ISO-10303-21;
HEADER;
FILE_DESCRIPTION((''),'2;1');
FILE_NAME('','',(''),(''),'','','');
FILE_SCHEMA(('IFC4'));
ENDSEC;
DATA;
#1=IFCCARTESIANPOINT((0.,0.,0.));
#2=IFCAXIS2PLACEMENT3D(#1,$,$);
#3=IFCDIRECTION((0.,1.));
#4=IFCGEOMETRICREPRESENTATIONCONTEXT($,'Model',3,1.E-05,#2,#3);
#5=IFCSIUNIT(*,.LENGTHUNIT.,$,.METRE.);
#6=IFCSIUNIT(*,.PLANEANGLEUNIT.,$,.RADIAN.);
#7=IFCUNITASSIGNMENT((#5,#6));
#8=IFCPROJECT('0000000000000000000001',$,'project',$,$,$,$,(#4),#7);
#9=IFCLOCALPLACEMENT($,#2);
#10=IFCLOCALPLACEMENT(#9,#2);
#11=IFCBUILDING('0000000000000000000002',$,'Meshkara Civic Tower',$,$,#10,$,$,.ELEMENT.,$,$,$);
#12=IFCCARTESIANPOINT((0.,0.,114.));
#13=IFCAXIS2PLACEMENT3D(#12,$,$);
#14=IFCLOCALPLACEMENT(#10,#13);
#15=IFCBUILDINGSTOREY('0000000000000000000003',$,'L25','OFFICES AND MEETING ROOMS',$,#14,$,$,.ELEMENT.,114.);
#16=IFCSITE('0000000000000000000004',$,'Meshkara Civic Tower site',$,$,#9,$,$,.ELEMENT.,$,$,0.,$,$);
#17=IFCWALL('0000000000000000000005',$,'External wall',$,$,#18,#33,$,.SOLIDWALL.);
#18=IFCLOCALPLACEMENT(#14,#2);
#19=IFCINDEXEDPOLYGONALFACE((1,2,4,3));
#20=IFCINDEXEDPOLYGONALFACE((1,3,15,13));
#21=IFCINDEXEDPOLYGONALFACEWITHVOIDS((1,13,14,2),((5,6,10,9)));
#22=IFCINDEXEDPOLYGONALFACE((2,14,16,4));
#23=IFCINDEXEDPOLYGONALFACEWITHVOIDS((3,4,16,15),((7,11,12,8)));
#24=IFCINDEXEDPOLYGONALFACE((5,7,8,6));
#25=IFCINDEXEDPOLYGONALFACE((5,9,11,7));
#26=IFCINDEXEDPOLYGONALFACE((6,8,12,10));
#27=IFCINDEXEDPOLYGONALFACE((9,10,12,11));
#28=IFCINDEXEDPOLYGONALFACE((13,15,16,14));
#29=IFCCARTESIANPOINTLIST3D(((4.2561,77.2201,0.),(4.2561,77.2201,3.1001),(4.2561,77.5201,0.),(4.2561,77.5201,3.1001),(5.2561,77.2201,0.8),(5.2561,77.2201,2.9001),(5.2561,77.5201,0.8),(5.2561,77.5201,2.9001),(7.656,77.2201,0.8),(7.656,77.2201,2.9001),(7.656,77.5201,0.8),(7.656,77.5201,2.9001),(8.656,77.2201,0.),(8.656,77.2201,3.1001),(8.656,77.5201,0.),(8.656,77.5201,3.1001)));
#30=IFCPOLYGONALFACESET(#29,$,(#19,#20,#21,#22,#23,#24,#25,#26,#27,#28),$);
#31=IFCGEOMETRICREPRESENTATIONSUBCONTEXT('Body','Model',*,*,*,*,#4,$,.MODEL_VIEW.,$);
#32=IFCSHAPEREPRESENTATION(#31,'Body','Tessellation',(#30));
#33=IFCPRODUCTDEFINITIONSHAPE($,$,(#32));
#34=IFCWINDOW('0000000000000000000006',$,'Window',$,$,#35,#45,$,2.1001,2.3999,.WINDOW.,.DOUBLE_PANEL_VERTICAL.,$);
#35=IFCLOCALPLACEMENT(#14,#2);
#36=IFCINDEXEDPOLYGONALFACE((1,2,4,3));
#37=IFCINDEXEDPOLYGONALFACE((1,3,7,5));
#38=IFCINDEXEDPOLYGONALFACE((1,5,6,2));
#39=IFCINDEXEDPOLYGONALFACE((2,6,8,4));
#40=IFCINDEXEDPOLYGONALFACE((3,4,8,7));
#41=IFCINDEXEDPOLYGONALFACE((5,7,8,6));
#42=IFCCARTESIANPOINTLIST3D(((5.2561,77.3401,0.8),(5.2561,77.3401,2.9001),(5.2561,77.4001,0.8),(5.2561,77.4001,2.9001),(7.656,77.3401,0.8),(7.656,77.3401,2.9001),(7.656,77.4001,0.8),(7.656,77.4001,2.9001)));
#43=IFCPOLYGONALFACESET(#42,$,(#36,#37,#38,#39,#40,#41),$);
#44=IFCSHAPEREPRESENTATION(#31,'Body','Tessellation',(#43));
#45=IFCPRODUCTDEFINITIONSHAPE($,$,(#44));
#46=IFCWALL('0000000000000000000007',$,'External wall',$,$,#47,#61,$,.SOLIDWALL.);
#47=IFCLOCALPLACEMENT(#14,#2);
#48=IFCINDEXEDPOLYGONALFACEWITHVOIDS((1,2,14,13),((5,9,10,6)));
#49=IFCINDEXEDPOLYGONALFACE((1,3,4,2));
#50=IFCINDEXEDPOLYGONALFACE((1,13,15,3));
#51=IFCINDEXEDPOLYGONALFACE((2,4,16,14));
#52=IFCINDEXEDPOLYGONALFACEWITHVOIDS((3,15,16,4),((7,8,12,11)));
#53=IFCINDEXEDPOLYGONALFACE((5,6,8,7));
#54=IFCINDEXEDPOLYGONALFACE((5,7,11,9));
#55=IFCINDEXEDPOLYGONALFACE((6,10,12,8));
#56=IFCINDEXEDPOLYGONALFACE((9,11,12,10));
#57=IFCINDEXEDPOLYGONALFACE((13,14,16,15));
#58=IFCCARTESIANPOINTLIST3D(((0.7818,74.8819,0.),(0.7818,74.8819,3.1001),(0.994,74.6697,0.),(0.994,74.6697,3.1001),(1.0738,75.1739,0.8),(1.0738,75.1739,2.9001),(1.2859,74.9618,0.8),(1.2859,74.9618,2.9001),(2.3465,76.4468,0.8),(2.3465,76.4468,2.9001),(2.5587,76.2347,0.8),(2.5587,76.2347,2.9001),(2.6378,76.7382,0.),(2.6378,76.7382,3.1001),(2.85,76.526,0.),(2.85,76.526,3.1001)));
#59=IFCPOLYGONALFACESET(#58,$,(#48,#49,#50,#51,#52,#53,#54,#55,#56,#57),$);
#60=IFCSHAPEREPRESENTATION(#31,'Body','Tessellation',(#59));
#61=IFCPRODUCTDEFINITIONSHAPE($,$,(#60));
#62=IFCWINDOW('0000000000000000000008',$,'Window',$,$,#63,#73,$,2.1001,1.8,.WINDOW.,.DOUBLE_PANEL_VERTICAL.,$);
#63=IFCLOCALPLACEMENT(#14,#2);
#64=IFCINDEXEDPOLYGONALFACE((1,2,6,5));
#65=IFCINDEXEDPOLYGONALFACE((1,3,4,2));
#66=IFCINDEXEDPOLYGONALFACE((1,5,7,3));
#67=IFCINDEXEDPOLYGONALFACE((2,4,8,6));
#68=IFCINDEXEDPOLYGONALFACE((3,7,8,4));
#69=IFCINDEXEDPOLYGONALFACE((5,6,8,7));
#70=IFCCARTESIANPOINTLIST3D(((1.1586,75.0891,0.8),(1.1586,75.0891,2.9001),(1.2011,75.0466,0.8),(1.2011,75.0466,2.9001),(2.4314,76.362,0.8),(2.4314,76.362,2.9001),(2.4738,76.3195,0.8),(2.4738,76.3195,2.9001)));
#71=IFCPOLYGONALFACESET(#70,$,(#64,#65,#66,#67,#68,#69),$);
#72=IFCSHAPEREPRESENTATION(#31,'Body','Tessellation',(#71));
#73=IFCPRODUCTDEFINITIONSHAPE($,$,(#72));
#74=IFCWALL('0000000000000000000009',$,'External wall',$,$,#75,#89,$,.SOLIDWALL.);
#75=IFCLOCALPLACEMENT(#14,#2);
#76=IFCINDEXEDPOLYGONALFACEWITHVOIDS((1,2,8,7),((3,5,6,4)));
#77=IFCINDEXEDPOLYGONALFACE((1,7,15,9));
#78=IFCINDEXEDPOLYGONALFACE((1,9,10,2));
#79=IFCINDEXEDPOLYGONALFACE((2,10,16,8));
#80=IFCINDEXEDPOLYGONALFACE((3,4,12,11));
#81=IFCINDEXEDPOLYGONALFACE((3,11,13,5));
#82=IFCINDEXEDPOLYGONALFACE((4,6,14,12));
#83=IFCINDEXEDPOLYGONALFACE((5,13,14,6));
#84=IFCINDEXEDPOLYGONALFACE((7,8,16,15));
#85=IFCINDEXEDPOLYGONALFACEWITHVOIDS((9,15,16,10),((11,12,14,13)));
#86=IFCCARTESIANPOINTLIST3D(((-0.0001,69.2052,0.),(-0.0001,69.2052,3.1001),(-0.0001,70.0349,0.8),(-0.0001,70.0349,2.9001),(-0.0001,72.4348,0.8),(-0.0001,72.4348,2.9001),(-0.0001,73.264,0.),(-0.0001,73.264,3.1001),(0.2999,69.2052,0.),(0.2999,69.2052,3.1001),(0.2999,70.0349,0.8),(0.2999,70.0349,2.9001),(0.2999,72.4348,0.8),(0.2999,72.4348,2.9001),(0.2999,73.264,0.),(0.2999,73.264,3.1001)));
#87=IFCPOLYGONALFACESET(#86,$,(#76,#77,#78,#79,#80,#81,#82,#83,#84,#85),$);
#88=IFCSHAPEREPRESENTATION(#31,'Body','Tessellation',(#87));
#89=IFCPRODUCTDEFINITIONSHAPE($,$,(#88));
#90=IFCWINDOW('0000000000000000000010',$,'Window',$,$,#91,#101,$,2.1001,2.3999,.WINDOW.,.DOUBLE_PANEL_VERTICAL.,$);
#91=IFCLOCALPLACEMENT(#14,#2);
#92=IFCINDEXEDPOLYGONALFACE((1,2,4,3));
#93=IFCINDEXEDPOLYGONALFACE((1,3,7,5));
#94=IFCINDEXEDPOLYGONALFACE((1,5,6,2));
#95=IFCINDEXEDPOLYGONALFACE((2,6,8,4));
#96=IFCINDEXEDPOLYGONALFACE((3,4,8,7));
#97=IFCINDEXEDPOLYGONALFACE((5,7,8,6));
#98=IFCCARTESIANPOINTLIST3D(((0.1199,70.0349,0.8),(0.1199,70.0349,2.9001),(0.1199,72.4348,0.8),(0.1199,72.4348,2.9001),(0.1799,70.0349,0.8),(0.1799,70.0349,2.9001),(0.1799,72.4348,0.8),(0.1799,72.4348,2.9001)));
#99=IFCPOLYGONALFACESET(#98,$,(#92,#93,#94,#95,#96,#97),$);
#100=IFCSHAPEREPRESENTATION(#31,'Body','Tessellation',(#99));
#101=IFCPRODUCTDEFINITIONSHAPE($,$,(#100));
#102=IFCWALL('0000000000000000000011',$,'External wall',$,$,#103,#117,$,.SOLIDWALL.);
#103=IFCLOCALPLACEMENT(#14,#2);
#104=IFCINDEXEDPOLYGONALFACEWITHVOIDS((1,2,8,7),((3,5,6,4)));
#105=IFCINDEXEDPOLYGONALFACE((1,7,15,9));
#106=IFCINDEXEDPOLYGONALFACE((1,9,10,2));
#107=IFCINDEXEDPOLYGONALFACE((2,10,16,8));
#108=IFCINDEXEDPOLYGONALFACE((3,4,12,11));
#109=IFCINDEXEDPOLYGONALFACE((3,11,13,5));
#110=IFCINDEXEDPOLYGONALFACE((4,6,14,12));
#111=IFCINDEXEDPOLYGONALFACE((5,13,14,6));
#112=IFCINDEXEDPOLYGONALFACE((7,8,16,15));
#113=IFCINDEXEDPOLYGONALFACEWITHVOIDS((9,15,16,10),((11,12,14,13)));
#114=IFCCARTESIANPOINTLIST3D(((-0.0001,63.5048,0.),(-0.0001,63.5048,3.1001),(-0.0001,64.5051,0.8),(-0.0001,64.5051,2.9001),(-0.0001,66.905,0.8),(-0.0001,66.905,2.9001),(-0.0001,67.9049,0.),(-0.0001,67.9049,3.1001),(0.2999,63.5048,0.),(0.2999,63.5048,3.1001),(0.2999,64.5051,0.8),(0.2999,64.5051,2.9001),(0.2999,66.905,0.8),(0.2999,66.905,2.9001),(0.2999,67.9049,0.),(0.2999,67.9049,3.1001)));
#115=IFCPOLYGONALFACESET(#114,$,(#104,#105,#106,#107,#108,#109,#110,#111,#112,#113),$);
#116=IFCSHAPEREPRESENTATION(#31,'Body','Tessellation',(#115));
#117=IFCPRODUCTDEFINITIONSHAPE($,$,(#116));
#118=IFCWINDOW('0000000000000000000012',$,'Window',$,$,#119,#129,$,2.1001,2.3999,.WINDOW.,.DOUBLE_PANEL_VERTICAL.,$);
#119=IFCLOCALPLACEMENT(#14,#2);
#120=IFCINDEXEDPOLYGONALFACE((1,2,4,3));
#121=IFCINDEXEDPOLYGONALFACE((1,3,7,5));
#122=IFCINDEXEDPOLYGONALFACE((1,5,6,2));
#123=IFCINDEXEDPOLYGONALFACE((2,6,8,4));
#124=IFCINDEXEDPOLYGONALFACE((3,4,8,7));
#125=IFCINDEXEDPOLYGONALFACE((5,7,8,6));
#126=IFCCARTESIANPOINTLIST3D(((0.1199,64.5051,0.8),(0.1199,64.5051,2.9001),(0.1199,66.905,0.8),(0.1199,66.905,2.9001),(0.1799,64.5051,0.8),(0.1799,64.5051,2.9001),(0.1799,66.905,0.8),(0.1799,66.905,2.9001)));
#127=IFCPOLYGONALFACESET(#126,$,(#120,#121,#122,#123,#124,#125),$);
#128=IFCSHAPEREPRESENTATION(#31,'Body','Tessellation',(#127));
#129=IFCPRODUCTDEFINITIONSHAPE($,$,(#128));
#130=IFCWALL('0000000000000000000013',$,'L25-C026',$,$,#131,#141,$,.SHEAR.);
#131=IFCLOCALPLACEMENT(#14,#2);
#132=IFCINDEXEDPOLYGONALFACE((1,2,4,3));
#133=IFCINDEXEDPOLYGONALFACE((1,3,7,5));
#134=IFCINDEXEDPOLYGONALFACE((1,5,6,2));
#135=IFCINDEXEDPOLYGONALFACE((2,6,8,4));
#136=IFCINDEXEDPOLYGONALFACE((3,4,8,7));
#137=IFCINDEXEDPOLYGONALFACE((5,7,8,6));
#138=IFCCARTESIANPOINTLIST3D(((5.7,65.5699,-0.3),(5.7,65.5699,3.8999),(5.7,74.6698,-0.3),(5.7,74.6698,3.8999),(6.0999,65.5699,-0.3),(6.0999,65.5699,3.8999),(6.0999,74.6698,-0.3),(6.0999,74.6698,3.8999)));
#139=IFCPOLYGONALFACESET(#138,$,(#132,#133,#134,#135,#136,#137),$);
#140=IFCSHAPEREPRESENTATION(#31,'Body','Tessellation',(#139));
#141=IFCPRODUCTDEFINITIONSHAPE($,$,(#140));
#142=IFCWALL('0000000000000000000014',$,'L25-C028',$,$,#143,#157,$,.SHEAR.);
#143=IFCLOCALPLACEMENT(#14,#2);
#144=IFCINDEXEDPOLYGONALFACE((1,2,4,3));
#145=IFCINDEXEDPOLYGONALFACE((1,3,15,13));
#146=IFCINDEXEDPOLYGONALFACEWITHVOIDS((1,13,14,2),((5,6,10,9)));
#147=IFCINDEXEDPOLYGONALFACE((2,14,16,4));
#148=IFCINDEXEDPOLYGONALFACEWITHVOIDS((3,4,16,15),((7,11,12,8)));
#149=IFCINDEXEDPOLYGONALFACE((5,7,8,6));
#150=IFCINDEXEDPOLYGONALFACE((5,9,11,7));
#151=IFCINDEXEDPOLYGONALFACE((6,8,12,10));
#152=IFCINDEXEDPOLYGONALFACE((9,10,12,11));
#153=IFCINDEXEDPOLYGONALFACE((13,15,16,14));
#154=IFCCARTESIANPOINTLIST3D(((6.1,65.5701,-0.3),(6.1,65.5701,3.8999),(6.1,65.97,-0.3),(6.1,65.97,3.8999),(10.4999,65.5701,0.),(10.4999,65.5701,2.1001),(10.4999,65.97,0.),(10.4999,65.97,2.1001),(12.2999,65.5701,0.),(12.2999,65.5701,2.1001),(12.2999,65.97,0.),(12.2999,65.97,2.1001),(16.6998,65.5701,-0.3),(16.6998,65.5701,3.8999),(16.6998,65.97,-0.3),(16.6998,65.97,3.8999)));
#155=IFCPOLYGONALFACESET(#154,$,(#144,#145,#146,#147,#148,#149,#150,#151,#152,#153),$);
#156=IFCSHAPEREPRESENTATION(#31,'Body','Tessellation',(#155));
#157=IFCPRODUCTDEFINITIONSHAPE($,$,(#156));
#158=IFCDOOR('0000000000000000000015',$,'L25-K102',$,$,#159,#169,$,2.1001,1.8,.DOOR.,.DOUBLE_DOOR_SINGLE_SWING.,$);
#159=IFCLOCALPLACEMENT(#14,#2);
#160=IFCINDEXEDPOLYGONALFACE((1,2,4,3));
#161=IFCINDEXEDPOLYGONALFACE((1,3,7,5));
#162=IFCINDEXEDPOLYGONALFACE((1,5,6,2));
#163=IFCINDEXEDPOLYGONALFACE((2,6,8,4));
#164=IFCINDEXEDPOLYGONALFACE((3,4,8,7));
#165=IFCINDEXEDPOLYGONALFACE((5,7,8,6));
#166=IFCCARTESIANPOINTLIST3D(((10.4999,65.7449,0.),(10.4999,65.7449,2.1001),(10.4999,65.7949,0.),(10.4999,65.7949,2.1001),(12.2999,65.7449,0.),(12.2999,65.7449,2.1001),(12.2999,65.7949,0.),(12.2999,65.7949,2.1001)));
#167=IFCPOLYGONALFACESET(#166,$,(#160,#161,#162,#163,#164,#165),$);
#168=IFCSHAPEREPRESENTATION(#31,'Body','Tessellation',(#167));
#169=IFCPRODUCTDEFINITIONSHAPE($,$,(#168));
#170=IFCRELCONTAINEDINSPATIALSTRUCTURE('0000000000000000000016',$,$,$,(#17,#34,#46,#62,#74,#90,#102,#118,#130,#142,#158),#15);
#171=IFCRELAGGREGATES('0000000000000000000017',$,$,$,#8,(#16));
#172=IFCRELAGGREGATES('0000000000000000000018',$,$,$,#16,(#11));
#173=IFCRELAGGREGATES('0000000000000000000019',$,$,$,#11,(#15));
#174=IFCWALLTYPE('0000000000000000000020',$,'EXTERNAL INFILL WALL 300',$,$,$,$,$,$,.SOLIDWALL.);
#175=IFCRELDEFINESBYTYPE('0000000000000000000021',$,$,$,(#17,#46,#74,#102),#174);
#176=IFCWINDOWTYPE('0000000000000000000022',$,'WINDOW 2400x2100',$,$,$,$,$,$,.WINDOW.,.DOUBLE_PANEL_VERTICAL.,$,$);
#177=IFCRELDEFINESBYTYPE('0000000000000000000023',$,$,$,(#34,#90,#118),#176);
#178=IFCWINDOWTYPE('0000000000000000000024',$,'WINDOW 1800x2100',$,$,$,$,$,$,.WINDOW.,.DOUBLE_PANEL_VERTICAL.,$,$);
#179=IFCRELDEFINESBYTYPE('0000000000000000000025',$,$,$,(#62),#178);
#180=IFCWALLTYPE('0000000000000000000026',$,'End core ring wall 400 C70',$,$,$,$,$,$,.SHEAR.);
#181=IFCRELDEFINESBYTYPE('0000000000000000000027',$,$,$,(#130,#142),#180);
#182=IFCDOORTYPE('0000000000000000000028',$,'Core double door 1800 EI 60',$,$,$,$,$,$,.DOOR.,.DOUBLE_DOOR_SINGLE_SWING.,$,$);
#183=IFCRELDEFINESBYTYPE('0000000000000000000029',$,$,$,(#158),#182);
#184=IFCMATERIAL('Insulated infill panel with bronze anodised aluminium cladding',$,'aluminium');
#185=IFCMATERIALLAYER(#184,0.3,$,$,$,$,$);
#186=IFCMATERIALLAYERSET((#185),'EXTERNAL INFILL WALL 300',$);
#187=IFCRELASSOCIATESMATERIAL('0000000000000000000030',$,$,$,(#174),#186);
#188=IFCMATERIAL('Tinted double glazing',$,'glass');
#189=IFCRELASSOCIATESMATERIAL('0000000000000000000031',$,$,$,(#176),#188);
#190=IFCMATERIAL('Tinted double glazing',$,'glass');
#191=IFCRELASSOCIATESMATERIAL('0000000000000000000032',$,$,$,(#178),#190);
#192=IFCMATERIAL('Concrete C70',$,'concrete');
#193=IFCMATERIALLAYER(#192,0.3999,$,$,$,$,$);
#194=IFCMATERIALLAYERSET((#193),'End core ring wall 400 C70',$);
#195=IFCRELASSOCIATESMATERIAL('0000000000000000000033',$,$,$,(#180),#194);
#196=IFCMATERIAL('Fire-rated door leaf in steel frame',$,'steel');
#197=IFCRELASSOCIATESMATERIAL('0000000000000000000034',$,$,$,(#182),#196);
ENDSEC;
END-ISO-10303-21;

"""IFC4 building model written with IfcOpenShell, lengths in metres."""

from ifc_helpers import new_model, si_unit, direction, frame, frame_2d, origin, place, context, subcontext, project, spatial, rectangle, extrude, material, layer, layer_set, type_object, element, fill, save


model = new_model("IFC4")

# Units and contexts
model_context = context("Model", 3, precision=1e-05, world=origin(), true_north=direction((0.0, 1.0)))
body_context = subcontext(model_context, "Body", "Model", "MODEL_VIEW")
ifc_project = project(units=[si_unit("LENGTHUNIT", "METRE"), si_unit("PLANEANGLEUNIT", "RADIAN")], contexts=[model_context])

# Site, building, storey
site_placement = place(None, origin())
site = spatial("IfcSite", under=ifc_project, at=site_placement, Name="Meshkara Civic Tower site", CompositionType="ELEMENT", RefElevation=0.0)
building_placement = place(site_placement, origin())
building = spatial("IfcBuilding", under=site, at=building_placement, Name="Meshkara Civic Tower", CompositionType="ELEMENT")
storey_placement = place(building_placement, frame((0.0, 0.0, 114.0)))
storey = spatial("IfcBuildingStorey", under=building, at=storey_placement, Name="L25", Description="OFFICES AND MEETING ROOMS", CompositionType="ELEMENT", Elevation=114.0)

# Walls, openings, windows
ifc_material_1 = material(Name="Insulated infill panel with bronze anodised aluminium cladding", Category="aluminium")
ifc_layer_1 = layer(ifc_material_1, 0.3)
ifc_layer_set_1 = layer_set([ifc_layer_1], Name="EXTERNAL INFILL WALL 300")
wall_type_1 = type_object("IfcWallType", Name="EXTERNAL INFILL WALL 300", PredefinedType="SOLIDWALL", material=ifc_layer_set_1)
wall_1_placement = place(storey_placement, frame((8.656, 77.3701, 0.0), z_axis=(0.0, 0.0, 1.0), x_axis=(-1.0, 0.0, 0.0)))
wall_1 = element("IfcWall", 1, at=wall_1_placement, inside=storey, type_object=wall_type_1, Name="External wall", PredefinedType="SOLIDWALL", context=body_context, shape_type="SweptSolid", body=[
    extrude(rectangle(XDim=4.3999, YDim=0.3, at=frame_2d((2.2, 0.0))), origin(), (0.0, 0.0, 1.0), 3.1001),
])
opening_1_placement = place(wall_1_placement, frame((1.0, 0.0, 0.8)))
opening_1 = element("IfcOpeningElement", 2, at=opening_1_placement, cuts=wall_1, PredefinedType="OPENING", context=body_context, shape_type="SweptSolid", body=[
    extrude(rectangle(XDim=2.3999, YDim=2.1001, at=frame_2d((1.2, 1.05))), frame((0.0, 0.1599, 0.0), z_axis=(0.0, -1.0, 0.0), x_axis=(1.0, 0.0, 0.0)), (0.0, 0.0, 1.0), 0.3201),
])
ifc_material_2 = material(Name="Tinted double glazing", Category="glass")
window_type_1 = type_object("IfcWindowType", Name="WINDOW 2400x2100", PartitioningType="DOUBLE_PANEL_VERTICAL", PredefinedType="WINDOW", material=ifc_material_2)
window_1_placement = place(opening_1_placement, origin())
window_1 = element("IfcWindow", 3, at=window_1_placement, inside=storey, type_object=window_type_1, Name="Window", OverallHeight=2.1001, OverallWidth=2.3999, PartitioningType="DOUBLE_PANEL_VERTICAL", PredefinedType="WINDOW", context=body_context, shape_type="SweptSolid", body=[
    extrude(rectangle(XDim=2.3999, YDim=2.1001, at=frame_2d((1.2, 1.05))), frame((0.0, 0.03, 0.0), z_axis=(0.0, -1.0, 0.0), x_axis=(1.0, 0.0, 0.0)), (0.0, 0.0, 1.0), 0.0601),
])
fill(opening_1, window_1)
wall_2_placement = place(storey_placement, frame((2.7439, 76.6321, 0.0), z_axis=(0.0, 0.0, 1.0), x_axis=(-0.70706, -0.707153, 0.0)))
wall_2 = element("IfcWall", 4, at=wall_2_placement, inside=storey, type_object=wall_type_1, Name="External wall", PredefinedType="SOLIDWALL", context=body_context, shape_type="SweptSolid", body=[
    extrude(rectangle(XDim=2.625, YDim=0.3, at=frame_2d((1.3125, 0.0))), origin(), (0.0, 0.0, 1.0), 3.1001),
])
opening_2_placement = place(wall_2_placement, frame((0.4121, 0.0, 0.8)))
opening_2 = element("IfcOpeningElement", 5, at=opening_2_placement, cuts=wall_2, PredefinedType="OPENING", context=body_context, shape_type="SweptSolid", body=[
    extrude(rectangle(XDim=1.8, YDim=2.1001, at=frame_2d((0.8999, 1.05))), frame((0.0, 0.1599, 0.0), z_axis=(0.0, -1.0, 0.0), x_axis=(1.0, 0.0, 0.0)), (0.0, 0.0, 1.0), 0.3201),
])
ifc_material_3 = material(Name="Tinted double glazing", Category="glass")
window_type_2 = type_object("IfcWindowType", Name="WINDOW 1800x2100", PartitioningType="DOUBLE_PANEL_VERTICAL", PredefinedType="WINDOW", material=ifc_material_3)
window_2_placement = place(opening_2_placement, origin())
window_2 = element("IfcWindow", 6, at=window_2_placement, inside=storey, type_object=window_type_2, Name="Window", OverallHeight=2.1001, OverallWidth=1.8, PartitioningType="DOUBLE_PANEL_VERTICAL", PredefinedType="WINDOW", context=body_context, shape_type="SweptSolid", body=[
    extrude(rectangle(XDim=1.8, YDim=2.1001, at=frame_2d((0.8999, 1.05))), frame((0.0, 0.03, 0.0), z_axis=(0.0, -1.0, 0.0), x_axis=(1.0, 0.0, 0.0)), (0.0, 0.0, 1.0), 0.0601),
])
fill(opening_2, window_2)
wall_3_placement = place(storey_placement, frame((0.1499, 73.2639, 0.0), z_axis=(0.0, 0.0, 1.0), x_axis=(0.0, -1.0, 0.0)))
wall_3 = element("IfcWall", 7, at=wall_3_placement, inside=storey, type_object=wall_type_1, Name="External wall", PredefinedType="SOLIDWALL", context=body_context, shape_type="SweptSolid", body=[
    extrude(rectangle(XDim=4.0588, YDim=0.3, at=frame_2d((2.0293, 0.0))), origin(), (0.0, 0.0, 1.0), 3.1001),
])
opening_3_placement = place(wall_3_placement, frame((0.8291, 0.0, 0.8)))
opening_3 = element("IfcOpeningElement", 8, at=opening_3_placement, cuts=wall_3, PredefinedType="OPENING", context=body_context, shape_type="SweptSolid", body=[
    extrude(rectangle(XDim=2.3999, YDim=2.1001, at=frame_2d((1.2, 1.05))), frame((0.0, 0.1599, 0.0), z_axis=(0.0, -1.0, 0.0), x_axis=(1.0, 0.0, 0.0)), (0.0, 0.0, 1.0), 0.3201),
])
window_3_placement = place(opening_3_placement, origin())
window_3 = element("IfcWindow", 9, at=window_3_placement, inside=storey, type_object=window_type_1, Name="Window", OverallHeight=2.1001, OverallWidth=2.3999, PartitioningType="DOUBLE_PANEL_VERTICAL", PredefinedType="WINDOW", context=body_context, shape_type="SweptSolid", body=[
    extrude(rectangle(XDim=2.3999, YDim=2.1001, at=frame_2d((1.2, 1.05))), frame((0.0, 0.03, 0.0), z_axis=(0.0, -1.0, 0.0), x_axis=(1.0, 0.0, 0.0)), (0.0, 0.0, 1.0), 0.0601),
])
fill(opening_3, window_3)
wall_4_placement = place(storey_placement, frame((0.1499, 67.905, 0.0), z_axis=(0.0, 0.0, 1.0), x_axis=(0.0, -1.0, 0.0)))
wall_4 = element("IfcWall", 10, at=wall_4_placement, inside=storey, type_object=wall_type_1, Name="External wall", PredefinedType="SOLIDWALL", context=body_context, shape_type="SweptSolid", body=[
    extrude(rectangle(XDim=4.4001, YDim=0.3, at=frame_2d((2.2002, 0.0))), origin(), (0.0, 0.0, 1.0), 3.1001),
])
opening_4_placement = place(wall_4_placement, frame((1.0, 0.0, 0.8)))
opening_4 = element("IfcOpeningElement", 11, at=opening_4_placement, cuts=wall_4, PredefinedType="OPENING", context=body_context, shape_type="SweptSolid", body=[
    extrude(rectangle(XDim=2.3999, YDim=2.1001, at=frame_2d((1.2, 1.05))), frame((0.0, 0.1599, 0.0), z_axis=(0.0, -1.0, 0.0), x_axis=(1.0, 0.0, 0.0)), (0.0, 0.0, 1.0), 0.3201),
])
window_4_placement = place(opening_4_placement, origin())
window_4 = element("IfcWindow", 12, at=window_4_placement, inside=storey, type_object=window_type_1, Name="Window", OverallHeight=2.1001, OverallWidth=2.3999, PartitioningType="DOUBLE_PANEL_VERTICAL", PredefinedType="WINDOW", context=body_context, shape_type="SweptSolid", body=[
    extrude(rectangle(XDim=2.3999, YDim=2.1001, at=frame_2d((1.2, 1.05))), frame((0.0, 0.03, 0.0), z_axis=(0.0, -1.0, 0.0), x_axis=(1.0, 0.0, 0.0)), (0.0, 0.0, 1.0), 0.0601),
])
fill(opening_4, window_4)

# Wall
ifc_material_4 = material(Name="Concrete C70", Category="concrete")
ifc_layer_2 = layer(ifc_material_4, 0.3999)
ifc_layer_set_2 = layer_set([ifc_layer_2], Name="End core ring wall 400 C70")
wall_type_2 = type_object("IfcWallType", Name="End core ring wall 400 C70", PredefinedType="SHEAR", material=ifc_layer_set_2)
wall_5_placement = place(storey_placement, frame((5.8999, 65.5701, -0.3), z_axis=(0.0, 0.0, 1.0), x_axis=(0.0, 1.0, 0.0)))
element("IfcWall", 13, at=wall_5_placement, inside=storey, type_object=wall_type_2, Name="L25-C026", PredefinedType="SHEAR", context=body_context, shape_type="SweptSolid", body=[
    extrude(rectangle(XDim=9.0999, YDim=0.3999, at=frame_2d((4.5498, 0.0))), origin(), (0.0, 0.0, 1.0), 4.2),
])

# Wall, opening, door
wall_6_placement = place(storey_placement, frame((6.1001, 65.77, -0.3), z_axis=(0.0, 0.0, 1.0), x_axis=(1.0, 0.0, 0.0)))
wall_6 = element("IfcWall", 14, at=wall_6_placement, inside=storey, type_object=wall_type_2, Name="L25-C028", PredefinedType="SHEAR", context=body_context, shape_type="SweptSolid", body=[
    extrude(rectangle(XDim=10.5999, YDim=0.3999, at=frame_2d((5.2998, 0.0))), origin(), (0.0, 0.0, 1.0), 4.2),
])
opening_5_placement = place(wall_6_placement, frame((4.3999, 0.0, 0.3)))
opening_5 = element("IfcOpeningElement", 15, at=opening_5_placement, cuts=wall_6, PredefinedType="OPENING", context=body_context, shape_type="SweptSolid", body=[
    extrude(rectangle(XDim=1.8, YDim=2.1001, at=frame_2d((0.8999, 1.05))), frame((0.0, 0.21, 0.0), z_axis=(0.0, -1.0, 0.0), x_axis=(1.0, 0.0, 0.0)), (0.0, 0.0, 1.0), 0.4199),
])
ifc_material_5 = material(Name="Fire-rated door leaf in steel frame", Category="steel")
door_type_1 = type_object("IfcDoorType", Name="Core double door 1800 EI 60", OperationType="DOUBLE_DOOR_SINGLE_SWING", PredefinedType="DOOR", material=ifc_material_5)
door_1_placement = place(opening_5_placement, origin())
door_1 = element("IfcDoor", 16, at=door_1_placement, inside=storey, type_object=door_type_1, Name="L25-K102", OperationType="DOUBLE_DOOR_SINGLE_SWING", OverallHeight=2.1001, OverallWidth=1.8, PredefinedType="DOOR", context=body_context, shape_type="SweptSolid", body=[
    extrude(rectangle(XDim=1.8, YDim=2.1001, at=frame_2d((0.8999, 1.05))), frame((0.0, 0.0249, 0.0), z_axis=(0.0, -1.0, 0.0), x_axis=(1.0, 0.0, 0.0)), (0.0, 0.0, 1.0), 0.05),
])
fill(opening_5, door_1)

save(model, "model.ifc")
